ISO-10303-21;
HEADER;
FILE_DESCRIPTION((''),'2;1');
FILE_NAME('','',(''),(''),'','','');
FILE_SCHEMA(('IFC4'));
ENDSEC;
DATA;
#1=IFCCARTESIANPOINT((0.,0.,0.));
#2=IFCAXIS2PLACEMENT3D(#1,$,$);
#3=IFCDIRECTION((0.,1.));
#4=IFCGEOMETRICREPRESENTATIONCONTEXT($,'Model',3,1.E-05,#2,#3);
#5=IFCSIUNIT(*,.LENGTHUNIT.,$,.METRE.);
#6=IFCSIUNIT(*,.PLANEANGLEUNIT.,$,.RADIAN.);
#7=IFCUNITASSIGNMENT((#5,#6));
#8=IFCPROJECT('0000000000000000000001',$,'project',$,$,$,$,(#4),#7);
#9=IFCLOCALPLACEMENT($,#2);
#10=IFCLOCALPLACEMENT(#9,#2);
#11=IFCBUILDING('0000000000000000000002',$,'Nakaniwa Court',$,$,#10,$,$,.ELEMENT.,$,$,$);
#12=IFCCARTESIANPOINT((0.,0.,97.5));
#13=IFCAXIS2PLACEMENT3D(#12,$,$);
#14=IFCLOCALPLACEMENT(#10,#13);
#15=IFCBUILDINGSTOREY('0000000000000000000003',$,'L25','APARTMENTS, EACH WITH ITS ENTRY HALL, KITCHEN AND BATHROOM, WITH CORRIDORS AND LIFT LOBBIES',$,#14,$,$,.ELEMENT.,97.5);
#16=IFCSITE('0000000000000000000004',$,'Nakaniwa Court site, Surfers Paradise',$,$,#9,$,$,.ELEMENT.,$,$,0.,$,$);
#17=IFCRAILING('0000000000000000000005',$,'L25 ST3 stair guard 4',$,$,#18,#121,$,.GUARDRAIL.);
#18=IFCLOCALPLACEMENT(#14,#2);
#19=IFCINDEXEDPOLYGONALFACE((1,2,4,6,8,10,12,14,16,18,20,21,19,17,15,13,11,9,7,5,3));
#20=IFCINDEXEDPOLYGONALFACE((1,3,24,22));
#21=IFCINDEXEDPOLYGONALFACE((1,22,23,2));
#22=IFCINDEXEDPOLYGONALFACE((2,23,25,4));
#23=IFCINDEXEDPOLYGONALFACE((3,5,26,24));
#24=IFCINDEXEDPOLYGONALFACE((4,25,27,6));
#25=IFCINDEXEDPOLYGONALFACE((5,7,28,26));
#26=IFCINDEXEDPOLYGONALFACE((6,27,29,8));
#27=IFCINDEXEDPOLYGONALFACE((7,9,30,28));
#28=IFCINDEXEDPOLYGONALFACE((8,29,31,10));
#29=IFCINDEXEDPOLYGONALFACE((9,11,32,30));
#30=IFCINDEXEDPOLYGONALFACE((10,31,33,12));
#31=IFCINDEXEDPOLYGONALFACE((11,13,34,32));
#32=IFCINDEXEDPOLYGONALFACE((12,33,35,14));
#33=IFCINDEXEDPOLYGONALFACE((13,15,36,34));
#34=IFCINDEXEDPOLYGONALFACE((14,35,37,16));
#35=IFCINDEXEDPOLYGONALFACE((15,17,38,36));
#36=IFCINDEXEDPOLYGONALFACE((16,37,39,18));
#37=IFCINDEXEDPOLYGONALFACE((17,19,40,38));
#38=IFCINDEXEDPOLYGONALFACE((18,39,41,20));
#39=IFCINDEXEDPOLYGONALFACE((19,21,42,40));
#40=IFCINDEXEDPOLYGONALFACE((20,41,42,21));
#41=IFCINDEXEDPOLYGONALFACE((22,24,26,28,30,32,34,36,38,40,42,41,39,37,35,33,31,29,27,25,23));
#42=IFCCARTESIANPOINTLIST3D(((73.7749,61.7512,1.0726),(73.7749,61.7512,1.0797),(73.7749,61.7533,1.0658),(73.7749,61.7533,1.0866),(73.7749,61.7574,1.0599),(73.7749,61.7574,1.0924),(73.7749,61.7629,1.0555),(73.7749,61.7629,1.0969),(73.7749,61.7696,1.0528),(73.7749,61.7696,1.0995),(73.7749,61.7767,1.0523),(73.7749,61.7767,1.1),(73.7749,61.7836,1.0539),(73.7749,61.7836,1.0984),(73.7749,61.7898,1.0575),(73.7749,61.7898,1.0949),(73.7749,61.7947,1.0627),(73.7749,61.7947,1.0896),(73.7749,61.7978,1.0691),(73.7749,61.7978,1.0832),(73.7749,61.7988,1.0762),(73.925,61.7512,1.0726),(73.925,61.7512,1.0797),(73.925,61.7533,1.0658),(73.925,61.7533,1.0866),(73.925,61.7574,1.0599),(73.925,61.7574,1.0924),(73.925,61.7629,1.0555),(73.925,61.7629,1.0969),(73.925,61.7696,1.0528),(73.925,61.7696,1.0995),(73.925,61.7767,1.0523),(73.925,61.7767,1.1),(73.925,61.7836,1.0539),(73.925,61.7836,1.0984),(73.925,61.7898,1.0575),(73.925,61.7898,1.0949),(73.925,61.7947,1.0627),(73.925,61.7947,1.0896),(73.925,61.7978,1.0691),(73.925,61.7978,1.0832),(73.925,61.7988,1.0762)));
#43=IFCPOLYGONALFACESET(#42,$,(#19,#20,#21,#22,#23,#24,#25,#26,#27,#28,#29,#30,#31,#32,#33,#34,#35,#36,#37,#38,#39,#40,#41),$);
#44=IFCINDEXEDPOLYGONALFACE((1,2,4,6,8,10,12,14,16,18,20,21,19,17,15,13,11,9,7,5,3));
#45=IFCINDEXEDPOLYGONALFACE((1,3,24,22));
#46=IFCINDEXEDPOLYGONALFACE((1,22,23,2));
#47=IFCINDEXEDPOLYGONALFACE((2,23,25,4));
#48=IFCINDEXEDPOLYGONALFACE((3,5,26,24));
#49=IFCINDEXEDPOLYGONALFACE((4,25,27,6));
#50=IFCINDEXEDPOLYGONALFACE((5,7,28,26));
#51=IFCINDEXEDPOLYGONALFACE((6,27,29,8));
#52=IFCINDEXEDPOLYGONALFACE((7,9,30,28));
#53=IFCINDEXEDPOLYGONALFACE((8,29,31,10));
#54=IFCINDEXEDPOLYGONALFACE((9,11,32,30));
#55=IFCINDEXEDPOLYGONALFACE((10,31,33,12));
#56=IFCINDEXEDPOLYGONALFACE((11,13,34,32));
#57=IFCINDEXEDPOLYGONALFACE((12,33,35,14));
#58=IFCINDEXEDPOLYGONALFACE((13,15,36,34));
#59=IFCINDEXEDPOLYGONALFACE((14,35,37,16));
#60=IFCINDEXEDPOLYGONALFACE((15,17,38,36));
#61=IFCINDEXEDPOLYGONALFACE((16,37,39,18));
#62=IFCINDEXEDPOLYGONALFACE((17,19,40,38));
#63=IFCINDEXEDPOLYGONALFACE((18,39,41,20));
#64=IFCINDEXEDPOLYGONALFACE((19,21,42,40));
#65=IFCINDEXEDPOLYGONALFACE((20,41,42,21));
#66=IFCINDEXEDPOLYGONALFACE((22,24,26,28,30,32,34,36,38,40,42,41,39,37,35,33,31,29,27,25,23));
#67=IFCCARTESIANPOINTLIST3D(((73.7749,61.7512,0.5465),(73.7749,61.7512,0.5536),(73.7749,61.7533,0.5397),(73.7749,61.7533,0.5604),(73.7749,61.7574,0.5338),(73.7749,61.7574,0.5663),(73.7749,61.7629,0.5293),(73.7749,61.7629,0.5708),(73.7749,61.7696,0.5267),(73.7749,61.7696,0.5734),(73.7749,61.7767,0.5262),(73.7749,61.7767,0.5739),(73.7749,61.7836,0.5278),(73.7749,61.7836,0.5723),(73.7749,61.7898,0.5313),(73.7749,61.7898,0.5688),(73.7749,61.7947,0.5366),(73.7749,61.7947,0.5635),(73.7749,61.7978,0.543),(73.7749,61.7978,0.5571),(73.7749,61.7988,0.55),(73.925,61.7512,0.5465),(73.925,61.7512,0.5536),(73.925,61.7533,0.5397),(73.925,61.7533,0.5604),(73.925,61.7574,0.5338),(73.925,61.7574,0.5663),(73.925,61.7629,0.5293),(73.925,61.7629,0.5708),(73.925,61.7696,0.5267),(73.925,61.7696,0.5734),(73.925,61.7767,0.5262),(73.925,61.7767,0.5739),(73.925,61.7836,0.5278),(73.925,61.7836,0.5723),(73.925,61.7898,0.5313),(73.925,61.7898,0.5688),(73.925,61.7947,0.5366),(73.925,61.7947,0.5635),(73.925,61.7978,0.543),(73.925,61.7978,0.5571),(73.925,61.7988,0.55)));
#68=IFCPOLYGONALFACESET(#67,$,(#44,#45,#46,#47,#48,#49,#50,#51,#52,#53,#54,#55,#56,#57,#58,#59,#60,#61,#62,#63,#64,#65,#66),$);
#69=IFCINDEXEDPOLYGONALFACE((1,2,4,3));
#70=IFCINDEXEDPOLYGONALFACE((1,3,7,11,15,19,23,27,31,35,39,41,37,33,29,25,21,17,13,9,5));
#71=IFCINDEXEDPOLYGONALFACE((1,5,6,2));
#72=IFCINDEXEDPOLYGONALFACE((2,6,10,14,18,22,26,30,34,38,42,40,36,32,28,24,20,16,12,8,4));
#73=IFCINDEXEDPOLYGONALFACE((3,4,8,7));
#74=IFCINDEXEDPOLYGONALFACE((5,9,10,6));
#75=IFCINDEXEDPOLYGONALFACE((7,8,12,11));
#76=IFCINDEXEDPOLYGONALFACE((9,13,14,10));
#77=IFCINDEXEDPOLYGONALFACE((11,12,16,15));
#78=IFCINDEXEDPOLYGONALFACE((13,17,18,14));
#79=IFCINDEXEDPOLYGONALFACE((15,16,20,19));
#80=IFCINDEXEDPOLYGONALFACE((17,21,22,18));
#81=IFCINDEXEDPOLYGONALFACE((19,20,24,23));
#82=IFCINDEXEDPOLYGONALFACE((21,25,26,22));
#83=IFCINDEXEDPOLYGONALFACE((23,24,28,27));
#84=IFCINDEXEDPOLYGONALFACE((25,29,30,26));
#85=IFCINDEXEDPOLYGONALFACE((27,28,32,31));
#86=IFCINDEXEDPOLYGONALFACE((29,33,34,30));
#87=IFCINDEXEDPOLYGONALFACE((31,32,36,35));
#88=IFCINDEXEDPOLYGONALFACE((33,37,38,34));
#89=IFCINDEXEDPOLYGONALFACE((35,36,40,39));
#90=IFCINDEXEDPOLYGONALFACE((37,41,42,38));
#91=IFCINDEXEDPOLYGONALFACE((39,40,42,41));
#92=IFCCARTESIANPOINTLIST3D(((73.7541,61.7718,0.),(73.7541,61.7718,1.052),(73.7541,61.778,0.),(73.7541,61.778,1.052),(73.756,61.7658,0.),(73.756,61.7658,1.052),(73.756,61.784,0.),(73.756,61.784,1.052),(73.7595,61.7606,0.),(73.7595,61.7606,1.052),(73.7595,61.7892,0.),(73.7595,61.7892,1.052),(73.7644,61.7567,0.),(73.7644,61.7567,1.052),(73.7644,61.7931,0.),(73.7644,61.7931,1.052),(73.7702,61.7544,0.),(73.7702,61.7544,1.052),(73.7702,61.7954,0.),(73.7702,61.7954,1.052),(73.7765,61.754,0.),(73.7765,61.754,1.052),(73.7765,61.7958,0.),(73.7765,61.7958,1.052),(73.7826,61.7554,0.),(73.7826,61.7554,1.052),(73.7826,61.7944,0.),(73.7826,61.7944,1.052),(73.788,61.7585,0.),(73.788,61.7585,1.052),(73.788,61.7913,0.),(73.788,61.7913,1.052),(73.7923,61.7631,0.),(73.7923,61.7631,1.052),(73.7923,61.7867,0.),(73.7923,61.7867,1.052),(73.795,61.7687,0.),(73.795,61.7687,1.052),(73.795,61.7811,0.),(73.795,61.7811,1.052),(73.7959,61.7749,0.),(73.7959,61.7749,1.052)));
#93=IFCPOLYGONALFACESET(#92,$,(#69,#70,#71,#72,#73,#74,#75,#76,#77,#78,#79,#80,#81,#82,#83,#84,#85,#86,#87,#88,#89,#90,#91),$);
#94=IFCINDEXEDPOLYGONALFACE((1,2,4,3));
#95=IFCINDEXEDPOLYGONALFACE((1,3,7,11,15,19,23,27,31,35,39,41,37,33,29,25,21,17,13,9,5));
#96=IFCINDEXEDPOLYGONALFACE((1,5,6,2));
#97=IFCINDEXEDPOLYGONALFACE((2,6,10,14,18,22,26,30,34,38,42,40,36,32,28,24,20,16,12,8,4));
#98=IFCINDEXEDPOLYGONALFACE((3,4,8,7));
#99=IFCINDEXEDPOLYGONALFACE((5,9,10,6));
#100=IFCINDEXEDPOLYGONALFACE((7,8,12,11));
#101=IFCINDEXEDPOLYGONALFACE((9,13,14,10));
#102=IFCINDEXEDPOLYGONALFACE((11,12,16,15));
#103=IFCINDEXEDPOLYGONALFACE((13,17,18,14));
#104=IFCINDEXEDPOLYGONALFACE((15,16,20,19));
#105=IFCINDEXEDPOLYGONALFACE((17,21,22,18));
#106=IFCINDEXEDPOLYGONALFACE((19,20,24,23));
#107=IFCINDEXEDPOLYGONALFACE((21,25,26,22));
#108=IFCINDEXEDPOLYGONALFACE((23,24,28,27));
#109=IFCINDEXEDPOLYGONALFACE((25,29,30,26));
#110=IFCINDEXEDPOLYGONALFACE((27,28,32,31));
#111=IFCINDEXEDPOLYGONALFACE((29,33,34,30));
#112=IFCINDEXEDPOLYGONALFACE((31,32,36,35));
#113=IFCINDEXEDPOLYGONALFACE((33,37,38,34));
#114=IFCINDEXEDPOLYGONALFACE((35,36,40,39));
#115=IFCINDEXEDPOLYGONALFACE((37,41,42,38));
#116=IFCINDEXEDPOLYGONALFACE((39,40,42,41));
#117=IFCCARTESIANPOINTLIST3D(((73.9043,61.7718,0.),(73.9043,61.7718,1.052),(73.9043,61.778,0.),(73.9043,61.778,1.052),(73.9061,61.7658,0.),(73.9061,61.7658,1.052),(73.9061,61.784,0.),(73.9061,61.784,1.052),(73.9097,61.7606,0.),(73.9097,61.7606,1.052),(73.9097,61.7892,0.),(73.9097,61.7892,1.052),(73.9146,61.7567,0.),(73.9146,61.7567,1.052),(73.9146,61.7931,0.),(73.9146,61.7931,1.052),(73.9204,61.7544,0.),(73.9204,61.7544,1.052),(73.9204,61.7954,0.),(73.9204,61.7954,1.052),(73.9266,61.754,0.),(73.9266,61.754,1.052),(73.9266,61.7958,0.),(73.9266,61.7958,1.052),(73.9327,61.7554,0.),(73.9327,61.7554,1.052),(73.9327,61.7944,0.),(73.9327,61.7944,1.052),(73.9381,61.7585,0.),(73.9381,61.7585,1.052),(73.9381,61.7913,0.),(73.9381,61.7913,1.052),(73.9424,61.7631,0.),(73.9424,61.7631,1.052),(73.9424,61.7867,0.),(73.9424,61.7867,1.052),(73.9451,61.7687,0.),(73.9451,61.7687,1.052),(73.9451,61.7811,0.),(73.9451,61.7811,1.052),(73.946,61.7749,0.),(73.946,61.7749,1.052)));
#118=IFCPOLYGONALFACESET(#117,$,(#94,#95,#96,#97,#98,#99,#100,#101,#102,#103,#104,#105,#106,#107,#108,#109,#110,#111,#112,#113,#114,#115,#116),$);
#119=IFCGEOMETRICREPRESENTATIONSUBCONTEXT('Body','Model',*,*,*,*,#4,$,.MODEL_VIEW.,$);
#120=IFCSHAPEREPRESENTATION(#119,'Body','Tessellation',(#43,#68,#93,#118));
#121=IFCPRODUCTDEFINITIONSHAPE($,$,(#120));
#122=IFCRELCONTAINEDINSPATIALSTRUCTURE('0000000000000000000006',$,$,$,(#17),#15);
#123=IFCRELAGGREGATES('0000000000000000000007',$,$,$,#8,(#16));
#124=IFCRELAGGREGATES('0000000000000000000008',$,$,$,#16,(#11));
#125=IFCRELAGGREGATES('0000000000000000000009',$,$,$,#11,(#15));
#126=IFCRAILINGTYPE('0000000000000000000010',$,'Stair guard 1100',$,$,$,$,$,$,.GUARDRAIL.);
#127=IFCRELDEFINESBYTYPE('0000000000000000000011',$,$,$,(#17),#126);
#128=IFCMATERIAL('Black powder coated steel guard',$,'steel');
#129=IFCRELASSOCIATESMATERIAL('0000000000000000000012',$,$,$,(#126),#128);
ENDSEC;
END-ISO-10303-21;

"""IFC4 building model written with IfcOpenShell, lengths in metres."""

from ifc_helpers import new_model, si_unit, direction, frame, origin, origin_2d, place, context, subcontext, project, spatial, circle, extrude, material, type_object, element, save


model = new_model("IFC4")

# Units and contexts
model_context = context("Model", 3, precision=1e-05, world=origin(), true_north=direction((0.0, 1.0)))
body_context = subcontext(model_context, "Body", "Model", "MODEL_VIEW")
ifc_project = project(units=[si_unit("LENGTHUNIT", "METRE"), si_unit("PLANEANGLEUNIT", "RADIAN")], contexts=[model_context])

# Site, building, storey
site_placement = place(None, origin())
site = spatial("IfcSite", under=ifc_project, at=site_placement, Name="Nakaniwa Court site, Surfers Paradise", CompositionType="ELEMENT", RefElevation=0.0)
building_placement = place(site_placement, origin())
building = spatial("IfcBuilding", under=site, at=building_placement, Name="Nakaniwa Court", CompositionType="ELEMENT")
storey_placement = place(building_placement, frame((0.0, 0.0, 97.5)))
storey = spatial("IfcBuildingStorey", under=building, at=storey_placement, Name="L25", Description="APARTMENTS, EACH WITH ITS ENTRY HALL, KITCHEN AND BATHROOM, WITH CORRIDORS AND LIFT LOBBIES", CompositionType="ELEMENT", Elevation=97.5)

# Railing
ifc_material_1 = material(Name="Black powder coated steel guard", Category="steel")
railing_type_1 = type_object("IfcRailingType", Name="Stair guard 1100", PredefinedType="GUARDRAIL", material=ifc_material_1)
railing_1_placement = place(storey_placement, frame((73.7749, 61.7749, 0.0)))
element("IfcRailing", 1, at=railing_1_placement, inside=storey, type_object=railing_type_1, Name="L25 ST3 stair guard 4", PredefinedType="GUARDRAIL", context=body_context, shape_type="SweptSolid", body=[
    extrude(circle(Radius=0.0239, at=origin_2d()), frame((0.0, 0.0, 1.0762), z_axis=(1.0, 0.0, 0.0), x_axis=(0.0, 1.0, 0.0)), (0.0, 0.0, 1.0), 0.1501),
    extrude(circle(Radius=0.0239, at=origin_2d()), frame((0.0, 0.0, 0.55), z_axis=(1.0, 0.0, 0.0), x_axis=(0.0, 1.0, 0.0)), (0.0, 0.0, 1.0), 0.1501),
    extrude(circle(Radius=0.021, at=origin_2d()), origin(), (0.0, 0.0, 1.0), 1.052),
    extrude(circle(Radius=0.021, at=origin_2d()), frame((0.1501, 0.0, 0.0)), (0.0, 0.0, 1.0), 1.052),
])

save(model, "model.ifc")
